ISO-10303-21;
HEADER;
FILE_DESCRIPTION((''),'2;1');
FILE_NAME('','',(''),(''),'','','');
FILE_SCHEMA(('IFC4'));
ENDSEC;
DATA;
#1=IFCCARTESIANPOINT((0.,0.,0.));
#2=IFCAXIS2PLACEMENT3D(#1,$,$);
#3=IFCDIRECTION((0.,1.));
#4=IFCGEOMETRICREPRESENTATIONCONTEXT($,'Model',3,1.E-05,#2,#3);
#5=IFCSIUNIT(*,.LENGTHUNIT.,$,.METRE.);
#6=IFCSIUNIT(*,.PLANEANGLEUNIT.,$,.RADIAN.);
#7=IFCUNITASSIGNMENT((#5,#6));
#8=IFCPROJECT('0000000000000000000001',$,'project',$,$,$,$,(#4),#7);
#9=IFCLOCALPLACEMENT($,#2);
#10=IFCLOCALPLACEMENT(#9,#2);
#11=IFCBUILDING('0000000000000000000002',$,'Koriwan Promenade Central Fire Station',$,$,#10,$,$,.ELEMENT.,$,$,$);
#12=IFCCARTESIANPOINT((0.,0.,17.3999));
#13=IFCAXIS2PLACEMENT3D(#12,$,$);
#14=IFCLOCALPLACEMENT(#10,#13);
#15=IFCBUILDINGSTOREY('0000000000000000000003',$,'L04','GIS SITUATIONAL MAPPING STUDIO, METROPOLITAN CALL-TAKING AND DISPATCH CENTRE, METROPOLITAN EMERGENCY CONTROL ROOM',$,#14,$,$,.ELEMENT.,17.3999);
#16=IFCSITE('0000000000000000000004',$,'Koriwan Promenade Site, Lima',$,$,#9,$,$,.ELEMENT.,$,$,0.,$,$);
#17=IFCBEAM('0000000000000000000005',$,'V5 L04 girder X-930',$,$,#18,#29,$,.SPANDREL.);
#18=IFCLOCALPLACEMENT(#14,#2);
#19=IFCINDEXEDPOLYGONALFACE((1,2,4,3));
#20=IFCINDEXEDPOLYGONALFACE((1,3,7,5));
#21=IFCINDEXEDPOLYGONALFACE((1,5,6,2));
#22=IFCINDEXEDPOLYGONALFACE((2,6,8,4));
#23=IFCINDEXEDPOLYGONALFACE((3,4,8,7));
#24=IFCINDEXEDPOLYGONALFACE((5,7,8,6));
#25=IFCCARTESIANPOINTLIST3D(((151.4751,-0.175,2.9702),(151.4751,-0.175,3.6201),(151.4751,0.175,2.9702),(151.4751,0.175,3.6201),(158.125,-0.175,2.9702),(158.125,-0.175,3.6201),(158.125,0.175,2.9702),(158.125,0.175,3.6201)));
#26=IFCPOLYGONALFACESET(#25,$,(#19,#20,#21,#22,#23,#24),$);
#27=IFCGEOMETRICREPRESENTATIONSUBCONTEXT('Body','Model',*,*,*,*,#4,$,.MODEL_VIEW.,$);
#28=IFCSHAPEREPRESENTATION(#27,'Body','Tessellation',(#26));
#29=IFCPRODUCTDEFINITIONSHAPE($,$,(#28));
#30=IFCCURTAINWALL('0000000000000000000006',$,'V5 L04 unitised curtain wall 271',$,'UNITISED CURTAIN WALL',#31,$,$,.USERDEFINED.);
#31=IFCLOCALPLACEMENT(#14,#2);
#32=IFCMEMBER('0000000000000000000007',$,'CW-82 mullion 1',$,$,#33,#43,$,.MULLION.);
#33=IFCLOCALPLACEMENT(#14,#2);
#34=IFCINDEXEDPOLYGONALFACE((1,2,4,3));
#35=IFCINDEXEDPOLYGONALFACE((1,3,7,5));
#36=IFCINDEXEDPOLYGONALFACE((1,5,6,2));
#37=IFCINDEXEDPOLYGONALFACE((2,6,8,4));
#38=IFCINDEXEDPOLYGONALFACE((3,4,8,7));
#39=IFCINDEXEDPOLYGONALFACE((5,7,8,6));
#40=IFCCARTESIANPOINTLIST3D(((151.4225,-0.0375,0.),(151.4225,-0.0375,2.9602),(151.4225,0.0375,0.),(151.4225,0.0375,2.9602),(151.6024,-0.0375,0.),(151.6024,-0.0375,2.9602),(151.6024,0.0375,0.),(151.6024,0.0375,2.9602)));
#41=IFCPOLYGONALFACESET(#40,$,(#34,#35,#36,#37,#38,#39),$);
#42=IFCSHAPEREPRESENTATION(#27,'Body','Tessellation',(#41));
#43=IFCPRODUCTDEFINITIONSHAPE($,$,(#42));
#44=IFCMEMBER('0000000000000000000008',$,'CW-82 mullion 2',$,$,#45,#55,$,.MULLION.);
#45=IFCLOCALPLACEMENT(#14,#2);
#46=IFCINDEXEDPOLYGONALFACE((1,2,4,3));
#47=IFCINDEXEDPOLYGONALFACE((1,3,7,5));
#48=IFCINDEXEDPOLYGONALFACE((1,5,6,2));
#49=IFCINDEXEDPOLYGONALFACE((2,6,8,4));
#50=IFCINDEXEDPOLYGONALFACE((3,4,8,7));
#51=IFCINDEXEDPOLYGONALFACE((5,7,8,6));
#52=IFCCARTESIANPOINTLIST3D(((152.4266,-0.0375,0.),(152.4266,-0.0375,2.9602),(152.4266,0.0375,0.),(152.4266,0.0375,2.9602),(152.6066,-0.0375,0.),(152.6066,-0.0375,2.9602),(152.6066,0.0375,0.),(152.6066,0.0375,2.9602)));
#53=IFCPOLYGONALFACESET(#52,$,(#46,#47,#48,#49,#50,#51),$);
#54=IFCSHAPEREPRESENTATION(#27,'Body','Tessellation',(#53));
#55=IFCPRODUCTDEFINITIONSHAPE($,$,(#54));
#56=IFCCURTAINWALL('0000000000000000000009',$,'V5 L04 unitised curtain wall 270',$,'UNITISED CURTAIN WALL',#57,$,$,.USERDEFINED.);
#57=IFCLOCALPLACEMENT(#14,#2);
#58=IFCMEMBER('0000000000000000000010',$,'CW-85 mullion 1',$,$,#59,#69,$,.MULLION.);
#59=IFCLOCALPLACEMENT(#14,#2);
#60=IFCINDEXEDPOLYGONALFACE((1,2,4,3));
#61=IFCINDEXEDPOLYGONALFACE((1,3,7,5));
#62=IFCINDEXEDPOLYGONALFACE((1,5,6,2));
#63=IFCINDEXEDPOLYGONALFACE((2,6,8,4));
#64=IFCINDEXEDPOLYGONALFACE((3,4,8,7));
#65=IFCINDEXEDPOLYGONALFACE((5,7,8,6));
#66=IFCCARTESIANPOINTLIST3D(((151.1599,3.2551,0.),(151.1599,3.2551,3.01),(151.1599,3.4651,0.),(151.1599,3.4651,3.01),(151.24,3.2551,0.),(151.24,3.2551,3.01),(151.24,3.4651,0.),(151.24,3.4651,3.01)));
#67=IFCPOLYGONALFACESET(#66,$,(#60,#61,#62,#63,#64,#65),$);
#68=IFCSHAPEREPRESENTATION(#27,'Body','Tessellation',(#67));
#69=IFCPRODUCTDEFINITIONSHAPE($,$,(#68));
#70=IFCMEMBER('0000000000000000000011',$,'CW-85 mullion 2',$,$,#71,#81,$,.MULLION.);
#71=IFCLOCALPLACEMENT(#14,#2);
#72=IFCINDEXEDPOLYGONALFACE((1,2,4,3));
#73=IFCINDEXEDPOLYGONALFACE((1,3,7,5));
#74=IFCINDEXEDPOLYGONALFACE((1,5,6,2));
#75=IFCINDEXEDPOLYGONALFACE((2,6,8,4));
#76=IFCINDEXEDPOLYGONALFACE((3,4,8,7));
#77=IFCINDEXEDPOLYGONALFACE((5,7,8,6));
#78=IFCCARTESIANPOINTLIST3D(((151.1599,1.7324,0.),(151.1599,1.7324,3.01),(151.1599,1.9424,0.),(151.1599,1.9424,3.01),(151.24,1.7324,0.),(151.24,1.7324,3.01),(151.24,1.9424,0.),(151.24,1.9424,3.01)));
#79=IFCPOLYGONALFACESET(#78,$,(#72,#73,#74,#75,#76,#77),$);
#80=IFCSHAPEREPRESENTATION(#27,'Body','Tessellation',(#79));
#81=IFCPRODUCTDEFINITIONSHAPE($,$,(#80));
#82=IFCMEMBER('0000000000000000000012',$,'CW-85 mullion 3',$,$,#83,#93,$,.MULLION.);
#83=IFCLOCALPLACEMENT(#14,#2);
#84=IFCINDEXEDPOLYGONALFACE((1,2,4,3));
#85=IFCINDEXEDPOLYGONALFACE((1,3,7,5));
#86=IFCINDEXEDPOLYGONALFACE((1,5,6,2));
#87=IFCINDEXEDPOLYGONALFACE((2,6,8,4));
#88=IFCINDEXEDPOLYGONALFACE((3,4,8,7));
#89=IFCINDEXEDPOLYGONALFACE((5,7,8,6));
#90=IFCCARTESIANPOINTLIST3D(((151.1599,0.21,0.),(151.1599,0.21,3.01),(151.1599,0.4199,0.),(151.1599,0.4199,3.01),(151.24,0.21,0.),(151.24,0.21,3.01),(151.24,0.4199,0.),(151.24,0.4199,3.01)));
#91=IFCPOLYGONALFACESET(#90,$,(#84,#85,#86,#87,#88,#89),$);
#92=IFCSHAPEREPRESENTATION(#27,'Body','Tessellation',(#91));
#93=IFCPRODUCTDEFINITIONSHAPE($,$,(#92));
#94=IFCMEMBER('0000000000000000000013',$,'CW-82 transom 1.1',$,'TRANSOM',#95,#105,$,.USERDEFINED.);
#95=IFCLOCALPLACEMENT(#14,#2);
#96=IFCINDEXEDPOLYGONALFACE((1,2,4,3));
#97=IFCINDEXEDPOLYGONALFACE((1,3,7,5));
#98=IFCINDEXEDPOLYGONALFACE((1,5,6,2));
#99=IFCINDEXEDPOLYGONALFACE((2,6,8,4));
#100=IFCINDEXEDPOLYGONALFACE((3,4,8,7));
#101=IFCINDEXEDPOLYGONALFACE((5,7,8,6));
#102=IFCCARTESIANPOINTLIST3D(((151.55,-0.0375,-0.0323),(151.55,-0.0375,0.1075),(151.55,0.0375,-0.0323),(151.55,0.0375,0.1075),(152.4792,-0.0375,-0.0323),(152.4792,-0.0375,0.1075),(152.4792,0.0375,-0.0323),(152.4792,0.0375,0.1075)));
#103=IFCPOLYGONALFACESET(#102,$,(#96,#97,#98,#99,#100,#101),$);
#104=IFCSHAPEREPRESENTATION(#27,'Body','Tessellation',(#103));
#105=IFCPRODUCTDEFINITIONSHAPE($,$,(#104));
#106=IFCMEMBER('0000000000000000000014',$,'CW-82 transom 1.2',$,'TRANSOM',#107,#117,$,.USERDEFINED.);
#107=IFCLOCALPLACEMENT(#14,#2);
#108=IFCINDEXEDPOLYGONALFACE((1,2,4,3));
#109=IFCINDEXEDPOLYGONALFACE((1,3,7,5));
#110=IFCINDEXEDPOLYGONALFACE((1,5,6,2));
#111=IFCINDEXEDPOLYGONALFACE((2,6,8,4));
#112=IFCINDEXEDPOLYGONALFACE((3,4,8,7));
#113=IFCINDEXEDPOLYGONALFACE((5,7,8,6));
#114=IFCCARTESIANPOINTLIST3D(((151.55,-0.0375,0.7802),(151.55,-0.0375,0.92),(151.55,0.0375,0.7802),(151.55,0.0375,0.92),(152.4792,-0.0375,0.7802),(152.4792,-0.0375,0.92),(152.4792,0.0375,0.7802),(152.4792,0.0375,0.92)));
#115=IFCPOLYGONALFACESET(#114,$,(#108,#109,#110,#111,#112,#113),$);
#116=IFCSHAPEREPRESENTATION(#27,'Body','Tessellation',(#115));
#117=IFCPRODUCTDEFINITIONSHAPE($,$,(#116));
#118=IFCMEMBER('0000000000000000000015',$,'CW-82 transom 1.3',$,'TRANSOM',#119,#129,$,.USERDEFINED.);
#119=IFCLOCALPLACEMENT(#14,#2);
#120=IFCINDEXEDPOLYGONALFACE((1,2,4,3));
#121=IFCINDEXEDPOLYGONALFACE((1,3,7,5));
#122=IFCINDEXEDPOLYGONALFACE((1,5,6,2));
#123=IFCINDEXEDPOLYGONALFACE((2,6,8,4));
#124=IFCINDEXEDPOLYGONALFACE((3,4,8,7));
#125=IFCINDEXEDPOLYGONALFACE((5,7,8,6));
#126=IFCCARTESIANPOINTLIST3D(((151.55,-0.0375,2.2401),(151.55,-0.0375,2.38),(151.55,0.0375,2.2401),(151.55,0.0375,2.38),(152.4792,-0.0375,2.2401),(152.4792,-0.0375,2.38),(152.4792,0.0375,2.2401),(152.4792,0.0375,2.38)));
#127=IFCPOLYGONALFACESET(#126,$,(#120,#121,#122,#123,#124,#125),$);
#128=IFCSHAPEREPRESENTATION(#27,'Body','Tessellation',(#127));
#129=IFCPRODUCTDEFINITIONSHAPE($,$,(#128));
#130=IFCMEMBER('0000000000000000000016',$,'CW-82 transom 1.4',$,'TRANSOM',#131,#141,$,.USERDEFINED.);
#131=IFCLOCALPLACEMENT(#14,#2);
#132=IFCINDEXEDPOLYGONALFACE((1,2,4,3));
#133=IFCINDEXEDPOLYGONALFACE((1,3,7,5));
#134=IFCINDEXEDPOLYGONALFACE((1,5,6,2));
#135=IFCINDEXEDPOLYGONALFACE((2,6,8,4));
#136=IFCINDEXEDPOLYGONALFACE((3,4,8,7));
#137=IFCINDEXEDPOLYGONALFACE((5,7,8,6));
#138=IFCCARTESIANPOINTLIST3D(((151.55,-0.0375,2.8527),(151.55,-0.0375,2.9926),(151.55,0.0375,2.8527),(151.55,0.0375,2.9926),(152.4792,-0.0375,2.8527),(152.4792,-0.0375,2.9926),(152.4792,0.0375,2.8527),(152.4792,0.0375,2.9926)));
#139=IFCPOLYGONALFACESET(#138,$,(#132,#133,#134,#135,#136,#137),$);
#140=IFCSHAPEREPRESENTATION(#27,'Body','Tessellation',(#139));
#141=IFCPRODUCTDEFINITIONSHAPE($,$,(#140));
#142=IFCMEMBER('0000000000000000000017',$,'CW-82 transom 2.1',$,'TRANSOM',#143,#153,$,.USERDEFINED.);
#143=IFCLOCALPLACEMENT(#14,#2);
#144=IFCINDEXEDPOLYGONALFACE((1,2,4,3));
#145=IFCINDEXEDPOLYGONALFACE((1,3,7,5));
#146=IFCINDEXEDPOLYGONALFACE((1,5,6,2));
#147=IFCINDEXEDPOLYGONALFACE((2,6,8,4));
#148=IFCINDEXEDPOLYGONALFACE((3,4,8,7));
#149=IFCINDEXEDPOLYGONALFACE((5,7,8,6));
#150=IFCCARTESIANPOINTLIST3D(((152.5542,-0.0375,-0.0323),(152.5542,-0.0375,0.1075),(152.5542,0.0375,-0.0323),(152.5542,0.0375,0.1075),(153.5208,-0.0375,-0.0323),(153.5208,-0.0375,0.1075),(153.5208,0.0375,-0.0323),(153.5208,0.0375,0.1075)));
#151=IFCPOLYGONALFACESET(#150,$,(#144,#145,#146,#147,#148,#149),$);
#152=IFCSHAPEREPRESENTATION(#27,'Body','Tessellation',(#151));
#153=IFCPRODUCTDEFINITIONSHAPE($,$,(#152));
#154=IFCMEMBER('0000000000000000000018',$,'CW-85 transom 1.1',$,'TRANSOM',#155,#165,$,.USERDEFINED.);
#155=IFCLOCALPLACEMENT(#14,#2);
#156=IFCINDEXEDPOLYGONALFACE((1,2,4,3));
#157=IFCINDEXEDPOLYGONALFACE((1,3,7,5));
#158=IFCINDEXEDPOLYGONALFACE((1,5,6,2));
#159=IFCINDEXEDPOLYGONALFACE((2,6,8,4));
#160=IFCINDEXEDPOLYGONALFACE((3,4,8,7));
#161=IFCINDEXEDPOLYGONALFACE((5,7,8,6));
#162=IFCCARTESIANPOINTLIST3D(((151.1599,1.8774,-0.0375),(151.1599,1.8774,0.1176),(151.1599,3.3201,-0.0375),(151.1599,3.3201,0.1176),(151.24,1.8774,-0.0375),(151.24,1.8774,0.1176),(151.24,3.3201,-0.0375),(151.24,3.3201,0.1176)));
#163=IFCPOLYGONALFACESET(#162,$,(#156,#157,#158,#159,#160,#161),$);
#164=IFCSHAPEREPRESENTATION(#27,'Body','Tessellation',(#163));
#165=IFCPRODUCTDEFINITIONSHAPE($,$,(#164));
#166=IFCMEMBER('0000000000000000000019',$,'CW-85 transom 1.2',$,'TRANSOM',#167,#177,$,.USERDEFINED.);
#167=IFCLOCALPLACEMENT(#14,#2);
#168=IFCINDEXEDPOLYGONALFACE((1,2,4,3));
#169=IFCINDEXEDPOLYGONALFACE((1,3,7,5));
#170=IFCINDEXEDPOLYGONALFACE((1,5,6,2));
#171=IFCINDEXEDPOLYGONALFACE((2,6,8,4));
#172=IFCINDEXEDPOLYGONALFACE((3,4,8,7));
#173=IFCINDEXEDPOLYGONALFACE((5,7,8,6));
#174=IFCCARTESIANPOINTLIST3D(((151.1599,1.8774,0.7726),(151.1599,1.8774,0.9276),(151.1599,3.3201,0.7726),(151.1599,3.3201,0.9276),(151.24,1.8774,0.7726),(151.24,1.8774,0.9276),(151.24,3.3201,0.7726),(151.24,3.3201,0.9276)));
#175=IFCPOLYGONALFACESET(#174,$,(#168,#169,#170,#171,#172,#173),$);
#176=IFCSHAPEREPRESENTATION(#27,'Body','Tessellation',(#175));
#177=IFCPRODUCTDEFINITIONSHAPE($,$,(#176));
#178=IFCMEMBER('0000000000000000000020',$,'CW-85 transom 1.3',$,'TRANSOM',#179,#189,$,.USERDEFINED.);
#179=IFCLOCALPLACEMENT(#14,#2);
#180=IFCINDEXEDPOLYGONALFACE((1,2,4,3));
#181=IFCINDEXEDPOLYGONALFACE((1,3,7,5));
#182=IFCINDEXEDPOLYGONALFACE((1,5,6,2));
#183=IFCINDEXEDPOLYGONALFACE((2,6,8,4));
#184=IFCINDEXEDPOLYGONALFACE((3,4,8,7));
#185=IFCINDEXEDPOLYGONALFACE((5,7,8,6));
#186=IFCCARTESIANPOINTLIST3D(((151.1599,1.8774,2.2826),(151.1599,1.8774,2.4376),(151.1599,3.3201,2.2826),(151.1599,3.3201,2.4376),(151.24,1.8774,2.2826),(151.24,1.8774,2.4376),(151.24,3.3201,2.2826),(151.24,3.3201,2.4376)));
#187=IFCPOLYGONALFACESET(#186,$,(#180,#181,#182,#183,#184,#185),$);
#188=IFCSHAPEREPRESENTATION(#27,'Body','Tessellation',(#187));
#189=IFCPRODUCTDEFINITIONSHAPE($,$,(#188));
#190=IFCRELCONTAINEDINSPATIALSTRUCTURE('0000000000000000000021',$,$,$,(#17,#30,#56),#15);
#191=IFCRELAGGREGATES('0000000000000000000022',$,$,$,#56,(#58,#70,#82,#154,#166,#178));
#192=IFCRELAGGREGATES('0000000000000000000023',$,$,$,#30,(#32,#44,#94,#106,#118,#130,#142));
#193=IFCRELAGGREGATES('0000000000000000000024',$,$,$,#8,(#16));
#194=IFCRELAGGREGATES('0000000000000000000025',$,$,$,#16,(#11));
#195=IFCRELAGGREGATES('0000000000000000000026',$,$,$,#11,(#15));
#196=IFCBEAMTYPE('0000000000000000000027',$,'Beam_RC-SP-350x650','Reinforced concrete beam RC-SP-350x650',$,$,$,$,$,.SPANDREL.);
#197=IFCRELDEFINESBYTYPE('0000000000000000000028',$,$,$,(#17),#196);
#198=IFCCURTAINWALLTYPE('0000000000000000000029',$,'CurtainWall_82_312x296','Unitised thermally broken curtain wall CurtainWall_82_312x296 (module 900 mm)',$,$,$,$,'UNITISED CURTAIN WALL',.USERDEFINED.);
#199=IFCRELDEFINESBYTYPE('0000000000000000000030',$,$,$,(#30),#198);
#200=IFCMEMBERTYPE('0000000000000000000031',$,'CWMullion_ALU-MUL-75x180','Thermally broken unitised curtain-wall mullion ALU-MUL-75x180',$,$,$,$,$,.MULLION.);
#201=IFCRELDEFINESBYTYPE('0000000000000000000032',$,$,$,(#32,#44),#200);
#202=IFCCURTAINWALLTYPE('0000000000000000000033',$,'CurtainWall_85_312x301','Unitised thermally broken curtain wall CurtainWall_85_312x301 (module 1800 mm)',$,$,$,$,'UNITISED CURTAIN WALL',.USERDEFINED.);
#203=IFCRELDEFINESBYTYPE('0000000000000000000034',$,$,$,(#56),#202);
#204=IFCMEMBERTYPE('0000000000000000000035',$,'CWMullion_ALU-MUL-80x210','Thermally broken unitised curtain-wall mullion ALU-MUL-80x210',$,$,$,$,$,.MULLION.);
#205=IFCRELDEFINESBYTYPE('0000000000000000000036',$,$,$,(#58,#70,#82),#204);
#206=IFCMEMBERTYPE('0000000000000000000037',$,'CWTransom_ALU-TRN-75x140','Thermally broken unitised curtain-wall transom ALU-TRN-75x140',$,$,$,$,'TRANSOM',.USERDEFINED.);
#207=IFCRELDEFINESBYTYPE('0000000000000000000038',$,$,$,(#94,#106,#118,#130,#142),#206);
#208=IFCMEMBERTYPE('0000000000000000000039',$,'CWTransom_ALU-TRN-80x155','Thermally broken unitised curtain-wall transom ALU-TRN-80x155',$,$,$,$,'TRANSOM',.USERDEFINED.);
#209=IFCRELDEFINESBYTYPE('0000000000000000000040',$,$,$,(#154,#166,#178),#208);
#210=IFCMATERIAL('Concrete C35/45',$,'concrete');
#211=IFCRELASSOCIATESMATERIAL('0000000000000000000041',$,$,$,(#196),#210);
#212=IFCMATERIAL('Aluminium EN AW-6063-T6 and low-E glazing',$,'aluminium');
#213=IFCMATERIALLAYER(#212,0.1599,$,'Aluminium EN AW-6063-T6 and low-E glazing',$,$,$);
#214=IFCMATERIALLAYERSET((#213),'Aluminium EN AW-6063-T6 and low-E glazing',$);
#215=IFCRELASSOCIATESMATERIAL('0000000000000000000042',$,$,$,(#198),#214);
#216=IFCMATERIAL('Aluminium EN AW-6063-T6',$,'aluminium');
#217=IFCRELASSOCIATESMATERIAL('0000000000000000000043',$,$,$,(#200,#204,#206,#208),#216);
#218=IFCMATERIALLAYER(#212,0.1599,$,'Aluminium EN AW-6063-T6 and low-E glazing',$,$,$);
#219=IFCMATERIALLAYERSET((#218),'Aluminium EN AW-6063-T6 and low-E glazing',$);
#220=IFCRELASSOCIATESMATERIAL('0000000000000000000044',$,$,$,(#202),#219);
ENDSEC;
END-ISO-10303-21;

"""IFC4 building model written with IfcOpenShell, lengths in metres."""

from ifc_helpers import new_model, si_unit, direction, frame, origin, origin_2d, place, context, subcontext, project, spatial, rectangle, extrude, material, layer, layer_set, material_profile, profile_set, type_object, element, aggregate, save


model = new_model("IFC4")

# Units and contexts
model_context = context("Model", 3, precision=1e-05, world=origin(), true_north=direction((0.0, 1.0)))
body_context = subcontext(model_context, "Body", "Model", "MODEL_VIEW")
ifc_project = project(units=[si_unit("LENGTHUNIT", "METRE"), si_unit("PLANEANGLEUNIT", "RADIAN")], contexts=[model_context])

# Site, building, storey
site_placement = place(None, origin())
site = spatial("IfcSite", under=ifc_project, at=site_placement, Name="Koriwan Promenade Site, Lima", CompositionType="ELEMENT", RefElevation=0.0)
building_placement = place(site_placement, origin())
building = spatial("IfcBuilding", under=site, at=building_placement, Name="Koriwan Promenade Central Fire Station", CompositionType="ELEMENT")
storey_placement = place(building_placement, frame((0.0, 0.0, 17.3999)))
storey = spatial("IfcBuildingStorey", under=building, at=storey_placement, Name="L04", Description="GIS SITUATIONAL MAPPING STUDIO, METROPOLITAN CALL-TAKING AND DISPATCH CENTRE, METROPOLITAN EMERGENCY CONTROL ROOM", CompositionType="ELEMENT", Elevation=17.3999)

# Beam
ifc_material_1 = material(Name="Concrete C35/45", Category="concrete")
ifc_material_profile_1 = material_profile(ifc_material_1, rectangle(XDim=0.3501, YDim=0.6499, at=origin_2d()), Name="RC-SP-350x650")
ifc_profile_set_1 = profile_set([ifc_material_profile_1], Name="Concrete C35/45")
beam_type = type_object("IfcBeamType", Name="Beam_RC-SP-350x650", Description="Reinforced concrete beam RC-SP-350x650", PredefinedType="SPANDREL", material=ifc_profile_set_1)
beam_placement = place(storey_placement, frame((151.4751, 0.0, 3.2952), z_axis=(1.0, 0.0, 0.0), x_axis=(0.0, 1.0, 0.0)))
element("IfcBeam", 1, at=beam_placement, inside=storey, type_object=beam_type, Name="V5 L04 girder X-930", PredefinedType="SPANDREL", context=body_context, shape_type="SweptSolid", body=[
    extrude(rectangle(XDim=0.3501, YDim=0.6499, at=origin_2d()), origin(), (0.0, 0.0, 1.0), 6.6499),
])

# Curtain walls, members
ifc_material_2 = material(Name="Aluminium EN AW-6063-T6 and low-E glazing", Category="aluminium")
ifc_layer_1 = layer(ifc_material_2, 0.1599, Name="Aluminium EN AW-6063-T6 and low-E glazing")
ifc_layer_set_1 = layer_set([ifc_layer_1], Name="Aluminium EN AW-6063-T6 and low-E glazing")
curtain_wall_type_1 = type_object("IfcCurtainWallType", Name="CurtainWall_82_312x296", Description="Unitised thermally broken curtain wall CurtainWall_82_312x296 (module 900 mm)", ElementType="UNITISED CURTAIN WALL", PredefinedType="USERDEFINED", material=ifc_layer_set_1)
curtain_wall_1_placement = place(storey_placement, origin())
curtain_wall_1 = element("IfcCurtainWall", 2, at=curtain_wall_1_placement, inside=storey, type_object=curtain_wall_type_1, Name="V5 L04 unitised curtain wall 271", ObjectType="UNITISED CURTAIN WALL", PredefinedType="USERDEFINED")
ifc_material_3 = material(Name="Aluminium EN AW-6063-T6", Category="aluminium")
ifc_material_profile_2 = material_profile(ifc_material_3, rectangle(XDim=0.075, YDim=0.1799, at=origin_2d()), Name="ALU-MUL-75x180")
ifc_profile_set_2 = profile_set([ifc_material_profile_2], Name="Aluminium EN AW-6063-T6")
member_type_1 = type_object("IfcMemberType", Name="CWMullion_ALU-MUL-75x180", Description="Thermally broken unitised curtain-wall mullion ALU-MUL-75x180", PredefinedType="MULLION", material=ifc_profile_set_2)
member_1_placement = place(storey_placement, frame((151.5125, 0.0, 0.0), z_axis=(0.0, 0.0, 1.0), x_axis=(0.0, 1.0, 0.0)))
member_1 = element("IfcMember", 3, at=member_1_placement, type_object=member_type_1, Name="CW-82 mullion 1", PredefinedType="MULLION", context=body_context, shape_type="SweptSolid", body=[
    extrude(rectangle(XDim=0.075, YDim=0.1799, at=origin_2d()), origin(), (0.0, 0.0, 1.0), 2.9602),
])
member_2_placement = place(storey_placement, frame((152.5166, 0.0, 0.0), z_axis=(0.0, 0.0, 1.0), x_axis=(0.0, 1.0, 0.0)))
member_2 = element("IfcMember", 4, at=member_2_placement, type_object=member_type_1, Name="CW-82 mullion 2", PredefinedType="MULLION", context=body_context, shape_type="SweptSolid", body=[
    extrude(rectangle(XDim=0.075, YDim=0.1799, at=origin_2d()), origin(), (0.0, 0.0, 1.0), 2.9602),
])
ifc_layer_2 = layer(ifc_material_2, 0.1599, Name="Aluminium EN AW-6063-T6 and low-E glazing")
ifc_layer_set_2 = layer_set([ifc_layer_2], Name="Aluminium EN AW-6063-T6 and low-E glazing")
curtain_wall_type_2 = type_object("IfcCurtainWallType", Name="CurtainWall_85_312x301", Description="Unitised thermally broken curtain wall CurtainWall_85_312x301 (module 1800 mm)", ElementType="UNITISED CURTAIN WALL", PredefinedType="USERDEFINED", material=ifc_layer_set_2)
curtain_wall_2_placement = place(storey_placement, origin())
curtain_wall_2 = element("IfcCurtainWall", 5, at=curtain_wall_2_placement, inside=storey, type_object=curtain_wall_type_2, Name="V5 L04 unitised curtain wall 270", ObjectType="UNITISED CURTAIN WALL", PredefinedType="USERDEFINED")
ifc_material_profile_3 = material_profile(ifc_material_3, rectangle(XDim=0.0801, YDim=0.21, at=origin_2d()), Name="ALU-MUL-80x210")
ifc_profile_set_3 = profile_set([ifc_material_profile_3], Name="Aluminium EN AW-6063-T6")
member_type_2 = type_object("IfcMemberType", Name="CWMullion_ALU-MUL-80x210", Description="Thermally broken unitised curtain-wall mullion ALU-MUL-80x210", PredefinedType="MULLION", material=ifc_profile_set_3)
member_3_placement = place(storey_placement, frame((151.2, 3.3601, 0.0), z_axis=(0.0, 0.0, 1.0), x_axis=(1.0, 0.0, 0.0)))
member_3 = element("IfcMember", 6, at=member_3_placement, type_object=member_type_2, Name="CW-85 mullion 1", PredefinedType="MULLION", context=body_context, shape_type="SweptSolid", body=[
    extrude(rectangle(XDim=0.0801, YDim=0.21, at=origin_2d()), origin(), (0.0, 0.0, 1.0), 3.01),
])
member_4_placement = place(storey_placement, frame((151.2, 1.8374, 0.0), z_axis=(0.0, 0.0, 1.0), x_axis=(1.0, 0.0, 0.0)))
member_4 = element("IfcMember", 7, at=member_4_placement, type_object=member_type_2, Name="CW-85 mullion 2", PredefinedType="MULLION", context=body_context, shape_type="SweptSolid", body=[
    extrude(rectangle(XDim=0.0801, YDim=0.21, at=origin_2d()), origin(), (0.0, 0.0, 1.0), 3.01),
])
member_5_placement = place(storey_placement, frame((151.2, 0.3149, 0.0), z_axis=(0.0, 0.0, 1.0), x_axis=(1.0, 0.0, 0.0)))
member_5 = element("IfcMember", 8, at=member_5_placement, type_object=member_type_2, Name="CW-85 mullion 3", PredefinedType="MULLION", context=body_context, shape_type="SweptSolid", body=[
    extrude(rectangle(XDim=0.0801, YDim=0.21, at=origin_2d()), origin(), (0.0, 0.0, 1.0), 3.01),
])

# Members
ifc_material_profile_4 = material_profile(ifc_material_3, rectangle(XDim=0.075, YDim=0.1399, at=origin_2d()), Name="ALU-TRN-75x140")
ifc_profile_set_4 = profile_set([ifc_material_profile_4], Name="Aluminium EN AW-6063-T6")
member_type_3 = type_object("IfcMemberType", Name="CWTransom_ALU-TRN-75x140", Description="Thermally broken unitised curtain-wall transom ALU-TRN-75x140", ElementType="TRANSOM", PredefinedType="USERDEFINED", material=ifc_profile_set_4)
member_6_placement = place(storey_placement, frame((151.55, 0.0, 0.0376), z_axis=(1.0, 0.0, 0.0), x_axis=(0.0, 1.0, 0.0)))
member_6 = element("IfcMember", 9, at=member_6_placement, type_object=member_type_3, Name="CW-82 transom 1.1", ObjectType="TRANSOM", PredefinedType="USERDEFINED", context=body_context, shape_type="SweptSolid", body=[
    extrude(rectangle(XDim=0.075, YDim=0.1399, at=origin_2d()), origin(), (0.0, 0.0, 1.0), 0.9292),
])
member_7_placement = place(storey_placement, frame((151.55, 0.0, 0.8501), z_axis=(1.0, 0.0, 0.0), x_axis=(0.0, 1.0, 0.0)))
member_7 = element("IfcMember", 10, at=member_7_placement, type_object=member_type_3, Name="CW-82 transom 1.2", ObjectType="TRANSOM", PredefinedType="USERDEFINED", context=body_context, shape_type="SweptSolid", body=[
    extrude(rectangle(XDim=0.075, YDim=0.1399, at=origin_2d()), origin(), (0.0, 0.0, 1.0), 0.9292),
])
member_8_placement = place(storey_placement, frame((151.55, 0.0, 2.3101), z_axis=(1.0, 0.0, 0.0), x_axis=(0.0, 1.0, 0.0)))
member_8 = element("IfcMember", 11, at=member_8_placement, type_object=member_type_3, Name="CW-82 transom 1.3", ObjectType="TRANSOM", PredefinedType="USERDEFINED", context=body_context, shape_type="SweptSolid", body=[
    extrude(rectangle(XDim=0.075, YDim=0.1399, at=origin_2d()), origin(), (0.0, 0.0, 1.0), 0.9292),
])
member_9_placement = place(storey_placement, frame((151.55, 0.0, 2.9226), z_axis=(1.0, 0.0, 0.0), x_axis=(0.0, 1.0, 0.0)))
member_9 = element("IfcMember", 12, at=member_9_placement, type_object=member_type_3, Name="CW-82 transom 1.4", ObjectType="TRANSOM", PredefinedType="USERDEFINED", context=body_context, shape_type="SweptSolid", body=[
    extrude(rectangle(XDim=0.075, YDim=0.1399, at=origin_2d()), origin(), (0.0, 0.0, 1.0), 0.9292),
])
member_10_placement = place(storey_placement, frame((152.5542, 0.0, 0.0376), z_axis=(1.0, 0.0, 0.0), x_axis=(0.0, 1.0, 0.0)))
member_10 = element("IfcMember", 13, at=member_10_placement, type_object=member_type_3, Name="CW-82 transom 2.1", ObjectType="TRANSOM", PredefinedType="USERDEFINED", context=body_context, shape_type="SweptSolid", body=[
    extrude(rectangle(XDim=0.075, YDim=0.1399, at=origin_2d()), origin(), (0.0, 0.0, 1.0), 0.9666),
])
ifc_material_profile_5 = material_profile(ifc_material_3, rectangle(XDim=0.0801, YDim=0.155, at=origin_2d()), Name="ALU-TRN-80x155")
ifc_profile_set_5 = profile_set([ifc_material_profile_5], Name="Aluminium EN AW-6063-T6")
member_type_4 = type_object("IfcMemberType", Name="CWTransom_ALU-TRN-80x155", Description="Thermally broken unitised curtain-wall transom ALU-TRN-80x155", ElementType="TRANSOM", PredefinedType="USERDEFINED", material=ifc_profile_set_5)
member_11_placement = place(storey_placement, frame((151.2, 3.3201, 0.04), z_axis=(0.0, -1.0, 0.0), x_axis=(1.0, 0.0, 0.0)))
member_11 = element("IfcMember", 14, at=member_11_placement, type_object=member_type_4, Name="CW-85 transom 1.1", ObjectType="TRANSOM", PredefinedType="USERDEFINED", context=body_context, shape_type="SweptSolid", body=[
    extrude(rectangle(XDim=0.0801, YDim=0.155, at=origin_2d()), origin(), (0.0, 0.0, 1.0), 1.4426),
])
member_12_placement = place(storey_placement, frame((151.2, 3.3201, 0.8501), z_axis=(0.0, -1.0, 0.0), x_axis=(1.0, 0.0, 0.0)))
member_12 = element("IfcMember", 15, at=member_12_placement, type_object=member_type_4, Name="CW-85 transom 1.2", ObjectType="TRANSOM", PredefinedType="USERDEFINED", context=body_context, shape_type="SweptSolid", body=[
    extrude(rectangle(XDim=0.0801, YDim=0.155, at=origin_2d()), origin(), (0.0, 0.0, 1.0), 1.4426),
])
member_13_placement = place(storey_placement, frame((151.2, 3.3201, 2.3601), z_axis=(0.0, -1.0, 0.0), x_axis=(1.0, 0.0, 0.0)))
member_13 = element("IfcMember", 16, at=member_13_placement, type_object=member_type_4, Name="CW-85 transom 1.3", ObjectType="TRANSOM", PredefinedType="USERDEFINED", context=body_context, shape_type="SweptSolid", body=[
    extrude(rectangle(XDim=0.0801, YDim=0.155, at=origin_2d()), origin(), (0.0, 0.0, 1.0), 1.4426),
])

aggregate(curtain_wall_2, [member_3, member_4, member_5, member_11, member_12, member_13])
aggregate(curtain_wall_1, [member_1, member_2, member_6, member_7, member_8, member_9, member_10])

save(model, "model.ifc")
